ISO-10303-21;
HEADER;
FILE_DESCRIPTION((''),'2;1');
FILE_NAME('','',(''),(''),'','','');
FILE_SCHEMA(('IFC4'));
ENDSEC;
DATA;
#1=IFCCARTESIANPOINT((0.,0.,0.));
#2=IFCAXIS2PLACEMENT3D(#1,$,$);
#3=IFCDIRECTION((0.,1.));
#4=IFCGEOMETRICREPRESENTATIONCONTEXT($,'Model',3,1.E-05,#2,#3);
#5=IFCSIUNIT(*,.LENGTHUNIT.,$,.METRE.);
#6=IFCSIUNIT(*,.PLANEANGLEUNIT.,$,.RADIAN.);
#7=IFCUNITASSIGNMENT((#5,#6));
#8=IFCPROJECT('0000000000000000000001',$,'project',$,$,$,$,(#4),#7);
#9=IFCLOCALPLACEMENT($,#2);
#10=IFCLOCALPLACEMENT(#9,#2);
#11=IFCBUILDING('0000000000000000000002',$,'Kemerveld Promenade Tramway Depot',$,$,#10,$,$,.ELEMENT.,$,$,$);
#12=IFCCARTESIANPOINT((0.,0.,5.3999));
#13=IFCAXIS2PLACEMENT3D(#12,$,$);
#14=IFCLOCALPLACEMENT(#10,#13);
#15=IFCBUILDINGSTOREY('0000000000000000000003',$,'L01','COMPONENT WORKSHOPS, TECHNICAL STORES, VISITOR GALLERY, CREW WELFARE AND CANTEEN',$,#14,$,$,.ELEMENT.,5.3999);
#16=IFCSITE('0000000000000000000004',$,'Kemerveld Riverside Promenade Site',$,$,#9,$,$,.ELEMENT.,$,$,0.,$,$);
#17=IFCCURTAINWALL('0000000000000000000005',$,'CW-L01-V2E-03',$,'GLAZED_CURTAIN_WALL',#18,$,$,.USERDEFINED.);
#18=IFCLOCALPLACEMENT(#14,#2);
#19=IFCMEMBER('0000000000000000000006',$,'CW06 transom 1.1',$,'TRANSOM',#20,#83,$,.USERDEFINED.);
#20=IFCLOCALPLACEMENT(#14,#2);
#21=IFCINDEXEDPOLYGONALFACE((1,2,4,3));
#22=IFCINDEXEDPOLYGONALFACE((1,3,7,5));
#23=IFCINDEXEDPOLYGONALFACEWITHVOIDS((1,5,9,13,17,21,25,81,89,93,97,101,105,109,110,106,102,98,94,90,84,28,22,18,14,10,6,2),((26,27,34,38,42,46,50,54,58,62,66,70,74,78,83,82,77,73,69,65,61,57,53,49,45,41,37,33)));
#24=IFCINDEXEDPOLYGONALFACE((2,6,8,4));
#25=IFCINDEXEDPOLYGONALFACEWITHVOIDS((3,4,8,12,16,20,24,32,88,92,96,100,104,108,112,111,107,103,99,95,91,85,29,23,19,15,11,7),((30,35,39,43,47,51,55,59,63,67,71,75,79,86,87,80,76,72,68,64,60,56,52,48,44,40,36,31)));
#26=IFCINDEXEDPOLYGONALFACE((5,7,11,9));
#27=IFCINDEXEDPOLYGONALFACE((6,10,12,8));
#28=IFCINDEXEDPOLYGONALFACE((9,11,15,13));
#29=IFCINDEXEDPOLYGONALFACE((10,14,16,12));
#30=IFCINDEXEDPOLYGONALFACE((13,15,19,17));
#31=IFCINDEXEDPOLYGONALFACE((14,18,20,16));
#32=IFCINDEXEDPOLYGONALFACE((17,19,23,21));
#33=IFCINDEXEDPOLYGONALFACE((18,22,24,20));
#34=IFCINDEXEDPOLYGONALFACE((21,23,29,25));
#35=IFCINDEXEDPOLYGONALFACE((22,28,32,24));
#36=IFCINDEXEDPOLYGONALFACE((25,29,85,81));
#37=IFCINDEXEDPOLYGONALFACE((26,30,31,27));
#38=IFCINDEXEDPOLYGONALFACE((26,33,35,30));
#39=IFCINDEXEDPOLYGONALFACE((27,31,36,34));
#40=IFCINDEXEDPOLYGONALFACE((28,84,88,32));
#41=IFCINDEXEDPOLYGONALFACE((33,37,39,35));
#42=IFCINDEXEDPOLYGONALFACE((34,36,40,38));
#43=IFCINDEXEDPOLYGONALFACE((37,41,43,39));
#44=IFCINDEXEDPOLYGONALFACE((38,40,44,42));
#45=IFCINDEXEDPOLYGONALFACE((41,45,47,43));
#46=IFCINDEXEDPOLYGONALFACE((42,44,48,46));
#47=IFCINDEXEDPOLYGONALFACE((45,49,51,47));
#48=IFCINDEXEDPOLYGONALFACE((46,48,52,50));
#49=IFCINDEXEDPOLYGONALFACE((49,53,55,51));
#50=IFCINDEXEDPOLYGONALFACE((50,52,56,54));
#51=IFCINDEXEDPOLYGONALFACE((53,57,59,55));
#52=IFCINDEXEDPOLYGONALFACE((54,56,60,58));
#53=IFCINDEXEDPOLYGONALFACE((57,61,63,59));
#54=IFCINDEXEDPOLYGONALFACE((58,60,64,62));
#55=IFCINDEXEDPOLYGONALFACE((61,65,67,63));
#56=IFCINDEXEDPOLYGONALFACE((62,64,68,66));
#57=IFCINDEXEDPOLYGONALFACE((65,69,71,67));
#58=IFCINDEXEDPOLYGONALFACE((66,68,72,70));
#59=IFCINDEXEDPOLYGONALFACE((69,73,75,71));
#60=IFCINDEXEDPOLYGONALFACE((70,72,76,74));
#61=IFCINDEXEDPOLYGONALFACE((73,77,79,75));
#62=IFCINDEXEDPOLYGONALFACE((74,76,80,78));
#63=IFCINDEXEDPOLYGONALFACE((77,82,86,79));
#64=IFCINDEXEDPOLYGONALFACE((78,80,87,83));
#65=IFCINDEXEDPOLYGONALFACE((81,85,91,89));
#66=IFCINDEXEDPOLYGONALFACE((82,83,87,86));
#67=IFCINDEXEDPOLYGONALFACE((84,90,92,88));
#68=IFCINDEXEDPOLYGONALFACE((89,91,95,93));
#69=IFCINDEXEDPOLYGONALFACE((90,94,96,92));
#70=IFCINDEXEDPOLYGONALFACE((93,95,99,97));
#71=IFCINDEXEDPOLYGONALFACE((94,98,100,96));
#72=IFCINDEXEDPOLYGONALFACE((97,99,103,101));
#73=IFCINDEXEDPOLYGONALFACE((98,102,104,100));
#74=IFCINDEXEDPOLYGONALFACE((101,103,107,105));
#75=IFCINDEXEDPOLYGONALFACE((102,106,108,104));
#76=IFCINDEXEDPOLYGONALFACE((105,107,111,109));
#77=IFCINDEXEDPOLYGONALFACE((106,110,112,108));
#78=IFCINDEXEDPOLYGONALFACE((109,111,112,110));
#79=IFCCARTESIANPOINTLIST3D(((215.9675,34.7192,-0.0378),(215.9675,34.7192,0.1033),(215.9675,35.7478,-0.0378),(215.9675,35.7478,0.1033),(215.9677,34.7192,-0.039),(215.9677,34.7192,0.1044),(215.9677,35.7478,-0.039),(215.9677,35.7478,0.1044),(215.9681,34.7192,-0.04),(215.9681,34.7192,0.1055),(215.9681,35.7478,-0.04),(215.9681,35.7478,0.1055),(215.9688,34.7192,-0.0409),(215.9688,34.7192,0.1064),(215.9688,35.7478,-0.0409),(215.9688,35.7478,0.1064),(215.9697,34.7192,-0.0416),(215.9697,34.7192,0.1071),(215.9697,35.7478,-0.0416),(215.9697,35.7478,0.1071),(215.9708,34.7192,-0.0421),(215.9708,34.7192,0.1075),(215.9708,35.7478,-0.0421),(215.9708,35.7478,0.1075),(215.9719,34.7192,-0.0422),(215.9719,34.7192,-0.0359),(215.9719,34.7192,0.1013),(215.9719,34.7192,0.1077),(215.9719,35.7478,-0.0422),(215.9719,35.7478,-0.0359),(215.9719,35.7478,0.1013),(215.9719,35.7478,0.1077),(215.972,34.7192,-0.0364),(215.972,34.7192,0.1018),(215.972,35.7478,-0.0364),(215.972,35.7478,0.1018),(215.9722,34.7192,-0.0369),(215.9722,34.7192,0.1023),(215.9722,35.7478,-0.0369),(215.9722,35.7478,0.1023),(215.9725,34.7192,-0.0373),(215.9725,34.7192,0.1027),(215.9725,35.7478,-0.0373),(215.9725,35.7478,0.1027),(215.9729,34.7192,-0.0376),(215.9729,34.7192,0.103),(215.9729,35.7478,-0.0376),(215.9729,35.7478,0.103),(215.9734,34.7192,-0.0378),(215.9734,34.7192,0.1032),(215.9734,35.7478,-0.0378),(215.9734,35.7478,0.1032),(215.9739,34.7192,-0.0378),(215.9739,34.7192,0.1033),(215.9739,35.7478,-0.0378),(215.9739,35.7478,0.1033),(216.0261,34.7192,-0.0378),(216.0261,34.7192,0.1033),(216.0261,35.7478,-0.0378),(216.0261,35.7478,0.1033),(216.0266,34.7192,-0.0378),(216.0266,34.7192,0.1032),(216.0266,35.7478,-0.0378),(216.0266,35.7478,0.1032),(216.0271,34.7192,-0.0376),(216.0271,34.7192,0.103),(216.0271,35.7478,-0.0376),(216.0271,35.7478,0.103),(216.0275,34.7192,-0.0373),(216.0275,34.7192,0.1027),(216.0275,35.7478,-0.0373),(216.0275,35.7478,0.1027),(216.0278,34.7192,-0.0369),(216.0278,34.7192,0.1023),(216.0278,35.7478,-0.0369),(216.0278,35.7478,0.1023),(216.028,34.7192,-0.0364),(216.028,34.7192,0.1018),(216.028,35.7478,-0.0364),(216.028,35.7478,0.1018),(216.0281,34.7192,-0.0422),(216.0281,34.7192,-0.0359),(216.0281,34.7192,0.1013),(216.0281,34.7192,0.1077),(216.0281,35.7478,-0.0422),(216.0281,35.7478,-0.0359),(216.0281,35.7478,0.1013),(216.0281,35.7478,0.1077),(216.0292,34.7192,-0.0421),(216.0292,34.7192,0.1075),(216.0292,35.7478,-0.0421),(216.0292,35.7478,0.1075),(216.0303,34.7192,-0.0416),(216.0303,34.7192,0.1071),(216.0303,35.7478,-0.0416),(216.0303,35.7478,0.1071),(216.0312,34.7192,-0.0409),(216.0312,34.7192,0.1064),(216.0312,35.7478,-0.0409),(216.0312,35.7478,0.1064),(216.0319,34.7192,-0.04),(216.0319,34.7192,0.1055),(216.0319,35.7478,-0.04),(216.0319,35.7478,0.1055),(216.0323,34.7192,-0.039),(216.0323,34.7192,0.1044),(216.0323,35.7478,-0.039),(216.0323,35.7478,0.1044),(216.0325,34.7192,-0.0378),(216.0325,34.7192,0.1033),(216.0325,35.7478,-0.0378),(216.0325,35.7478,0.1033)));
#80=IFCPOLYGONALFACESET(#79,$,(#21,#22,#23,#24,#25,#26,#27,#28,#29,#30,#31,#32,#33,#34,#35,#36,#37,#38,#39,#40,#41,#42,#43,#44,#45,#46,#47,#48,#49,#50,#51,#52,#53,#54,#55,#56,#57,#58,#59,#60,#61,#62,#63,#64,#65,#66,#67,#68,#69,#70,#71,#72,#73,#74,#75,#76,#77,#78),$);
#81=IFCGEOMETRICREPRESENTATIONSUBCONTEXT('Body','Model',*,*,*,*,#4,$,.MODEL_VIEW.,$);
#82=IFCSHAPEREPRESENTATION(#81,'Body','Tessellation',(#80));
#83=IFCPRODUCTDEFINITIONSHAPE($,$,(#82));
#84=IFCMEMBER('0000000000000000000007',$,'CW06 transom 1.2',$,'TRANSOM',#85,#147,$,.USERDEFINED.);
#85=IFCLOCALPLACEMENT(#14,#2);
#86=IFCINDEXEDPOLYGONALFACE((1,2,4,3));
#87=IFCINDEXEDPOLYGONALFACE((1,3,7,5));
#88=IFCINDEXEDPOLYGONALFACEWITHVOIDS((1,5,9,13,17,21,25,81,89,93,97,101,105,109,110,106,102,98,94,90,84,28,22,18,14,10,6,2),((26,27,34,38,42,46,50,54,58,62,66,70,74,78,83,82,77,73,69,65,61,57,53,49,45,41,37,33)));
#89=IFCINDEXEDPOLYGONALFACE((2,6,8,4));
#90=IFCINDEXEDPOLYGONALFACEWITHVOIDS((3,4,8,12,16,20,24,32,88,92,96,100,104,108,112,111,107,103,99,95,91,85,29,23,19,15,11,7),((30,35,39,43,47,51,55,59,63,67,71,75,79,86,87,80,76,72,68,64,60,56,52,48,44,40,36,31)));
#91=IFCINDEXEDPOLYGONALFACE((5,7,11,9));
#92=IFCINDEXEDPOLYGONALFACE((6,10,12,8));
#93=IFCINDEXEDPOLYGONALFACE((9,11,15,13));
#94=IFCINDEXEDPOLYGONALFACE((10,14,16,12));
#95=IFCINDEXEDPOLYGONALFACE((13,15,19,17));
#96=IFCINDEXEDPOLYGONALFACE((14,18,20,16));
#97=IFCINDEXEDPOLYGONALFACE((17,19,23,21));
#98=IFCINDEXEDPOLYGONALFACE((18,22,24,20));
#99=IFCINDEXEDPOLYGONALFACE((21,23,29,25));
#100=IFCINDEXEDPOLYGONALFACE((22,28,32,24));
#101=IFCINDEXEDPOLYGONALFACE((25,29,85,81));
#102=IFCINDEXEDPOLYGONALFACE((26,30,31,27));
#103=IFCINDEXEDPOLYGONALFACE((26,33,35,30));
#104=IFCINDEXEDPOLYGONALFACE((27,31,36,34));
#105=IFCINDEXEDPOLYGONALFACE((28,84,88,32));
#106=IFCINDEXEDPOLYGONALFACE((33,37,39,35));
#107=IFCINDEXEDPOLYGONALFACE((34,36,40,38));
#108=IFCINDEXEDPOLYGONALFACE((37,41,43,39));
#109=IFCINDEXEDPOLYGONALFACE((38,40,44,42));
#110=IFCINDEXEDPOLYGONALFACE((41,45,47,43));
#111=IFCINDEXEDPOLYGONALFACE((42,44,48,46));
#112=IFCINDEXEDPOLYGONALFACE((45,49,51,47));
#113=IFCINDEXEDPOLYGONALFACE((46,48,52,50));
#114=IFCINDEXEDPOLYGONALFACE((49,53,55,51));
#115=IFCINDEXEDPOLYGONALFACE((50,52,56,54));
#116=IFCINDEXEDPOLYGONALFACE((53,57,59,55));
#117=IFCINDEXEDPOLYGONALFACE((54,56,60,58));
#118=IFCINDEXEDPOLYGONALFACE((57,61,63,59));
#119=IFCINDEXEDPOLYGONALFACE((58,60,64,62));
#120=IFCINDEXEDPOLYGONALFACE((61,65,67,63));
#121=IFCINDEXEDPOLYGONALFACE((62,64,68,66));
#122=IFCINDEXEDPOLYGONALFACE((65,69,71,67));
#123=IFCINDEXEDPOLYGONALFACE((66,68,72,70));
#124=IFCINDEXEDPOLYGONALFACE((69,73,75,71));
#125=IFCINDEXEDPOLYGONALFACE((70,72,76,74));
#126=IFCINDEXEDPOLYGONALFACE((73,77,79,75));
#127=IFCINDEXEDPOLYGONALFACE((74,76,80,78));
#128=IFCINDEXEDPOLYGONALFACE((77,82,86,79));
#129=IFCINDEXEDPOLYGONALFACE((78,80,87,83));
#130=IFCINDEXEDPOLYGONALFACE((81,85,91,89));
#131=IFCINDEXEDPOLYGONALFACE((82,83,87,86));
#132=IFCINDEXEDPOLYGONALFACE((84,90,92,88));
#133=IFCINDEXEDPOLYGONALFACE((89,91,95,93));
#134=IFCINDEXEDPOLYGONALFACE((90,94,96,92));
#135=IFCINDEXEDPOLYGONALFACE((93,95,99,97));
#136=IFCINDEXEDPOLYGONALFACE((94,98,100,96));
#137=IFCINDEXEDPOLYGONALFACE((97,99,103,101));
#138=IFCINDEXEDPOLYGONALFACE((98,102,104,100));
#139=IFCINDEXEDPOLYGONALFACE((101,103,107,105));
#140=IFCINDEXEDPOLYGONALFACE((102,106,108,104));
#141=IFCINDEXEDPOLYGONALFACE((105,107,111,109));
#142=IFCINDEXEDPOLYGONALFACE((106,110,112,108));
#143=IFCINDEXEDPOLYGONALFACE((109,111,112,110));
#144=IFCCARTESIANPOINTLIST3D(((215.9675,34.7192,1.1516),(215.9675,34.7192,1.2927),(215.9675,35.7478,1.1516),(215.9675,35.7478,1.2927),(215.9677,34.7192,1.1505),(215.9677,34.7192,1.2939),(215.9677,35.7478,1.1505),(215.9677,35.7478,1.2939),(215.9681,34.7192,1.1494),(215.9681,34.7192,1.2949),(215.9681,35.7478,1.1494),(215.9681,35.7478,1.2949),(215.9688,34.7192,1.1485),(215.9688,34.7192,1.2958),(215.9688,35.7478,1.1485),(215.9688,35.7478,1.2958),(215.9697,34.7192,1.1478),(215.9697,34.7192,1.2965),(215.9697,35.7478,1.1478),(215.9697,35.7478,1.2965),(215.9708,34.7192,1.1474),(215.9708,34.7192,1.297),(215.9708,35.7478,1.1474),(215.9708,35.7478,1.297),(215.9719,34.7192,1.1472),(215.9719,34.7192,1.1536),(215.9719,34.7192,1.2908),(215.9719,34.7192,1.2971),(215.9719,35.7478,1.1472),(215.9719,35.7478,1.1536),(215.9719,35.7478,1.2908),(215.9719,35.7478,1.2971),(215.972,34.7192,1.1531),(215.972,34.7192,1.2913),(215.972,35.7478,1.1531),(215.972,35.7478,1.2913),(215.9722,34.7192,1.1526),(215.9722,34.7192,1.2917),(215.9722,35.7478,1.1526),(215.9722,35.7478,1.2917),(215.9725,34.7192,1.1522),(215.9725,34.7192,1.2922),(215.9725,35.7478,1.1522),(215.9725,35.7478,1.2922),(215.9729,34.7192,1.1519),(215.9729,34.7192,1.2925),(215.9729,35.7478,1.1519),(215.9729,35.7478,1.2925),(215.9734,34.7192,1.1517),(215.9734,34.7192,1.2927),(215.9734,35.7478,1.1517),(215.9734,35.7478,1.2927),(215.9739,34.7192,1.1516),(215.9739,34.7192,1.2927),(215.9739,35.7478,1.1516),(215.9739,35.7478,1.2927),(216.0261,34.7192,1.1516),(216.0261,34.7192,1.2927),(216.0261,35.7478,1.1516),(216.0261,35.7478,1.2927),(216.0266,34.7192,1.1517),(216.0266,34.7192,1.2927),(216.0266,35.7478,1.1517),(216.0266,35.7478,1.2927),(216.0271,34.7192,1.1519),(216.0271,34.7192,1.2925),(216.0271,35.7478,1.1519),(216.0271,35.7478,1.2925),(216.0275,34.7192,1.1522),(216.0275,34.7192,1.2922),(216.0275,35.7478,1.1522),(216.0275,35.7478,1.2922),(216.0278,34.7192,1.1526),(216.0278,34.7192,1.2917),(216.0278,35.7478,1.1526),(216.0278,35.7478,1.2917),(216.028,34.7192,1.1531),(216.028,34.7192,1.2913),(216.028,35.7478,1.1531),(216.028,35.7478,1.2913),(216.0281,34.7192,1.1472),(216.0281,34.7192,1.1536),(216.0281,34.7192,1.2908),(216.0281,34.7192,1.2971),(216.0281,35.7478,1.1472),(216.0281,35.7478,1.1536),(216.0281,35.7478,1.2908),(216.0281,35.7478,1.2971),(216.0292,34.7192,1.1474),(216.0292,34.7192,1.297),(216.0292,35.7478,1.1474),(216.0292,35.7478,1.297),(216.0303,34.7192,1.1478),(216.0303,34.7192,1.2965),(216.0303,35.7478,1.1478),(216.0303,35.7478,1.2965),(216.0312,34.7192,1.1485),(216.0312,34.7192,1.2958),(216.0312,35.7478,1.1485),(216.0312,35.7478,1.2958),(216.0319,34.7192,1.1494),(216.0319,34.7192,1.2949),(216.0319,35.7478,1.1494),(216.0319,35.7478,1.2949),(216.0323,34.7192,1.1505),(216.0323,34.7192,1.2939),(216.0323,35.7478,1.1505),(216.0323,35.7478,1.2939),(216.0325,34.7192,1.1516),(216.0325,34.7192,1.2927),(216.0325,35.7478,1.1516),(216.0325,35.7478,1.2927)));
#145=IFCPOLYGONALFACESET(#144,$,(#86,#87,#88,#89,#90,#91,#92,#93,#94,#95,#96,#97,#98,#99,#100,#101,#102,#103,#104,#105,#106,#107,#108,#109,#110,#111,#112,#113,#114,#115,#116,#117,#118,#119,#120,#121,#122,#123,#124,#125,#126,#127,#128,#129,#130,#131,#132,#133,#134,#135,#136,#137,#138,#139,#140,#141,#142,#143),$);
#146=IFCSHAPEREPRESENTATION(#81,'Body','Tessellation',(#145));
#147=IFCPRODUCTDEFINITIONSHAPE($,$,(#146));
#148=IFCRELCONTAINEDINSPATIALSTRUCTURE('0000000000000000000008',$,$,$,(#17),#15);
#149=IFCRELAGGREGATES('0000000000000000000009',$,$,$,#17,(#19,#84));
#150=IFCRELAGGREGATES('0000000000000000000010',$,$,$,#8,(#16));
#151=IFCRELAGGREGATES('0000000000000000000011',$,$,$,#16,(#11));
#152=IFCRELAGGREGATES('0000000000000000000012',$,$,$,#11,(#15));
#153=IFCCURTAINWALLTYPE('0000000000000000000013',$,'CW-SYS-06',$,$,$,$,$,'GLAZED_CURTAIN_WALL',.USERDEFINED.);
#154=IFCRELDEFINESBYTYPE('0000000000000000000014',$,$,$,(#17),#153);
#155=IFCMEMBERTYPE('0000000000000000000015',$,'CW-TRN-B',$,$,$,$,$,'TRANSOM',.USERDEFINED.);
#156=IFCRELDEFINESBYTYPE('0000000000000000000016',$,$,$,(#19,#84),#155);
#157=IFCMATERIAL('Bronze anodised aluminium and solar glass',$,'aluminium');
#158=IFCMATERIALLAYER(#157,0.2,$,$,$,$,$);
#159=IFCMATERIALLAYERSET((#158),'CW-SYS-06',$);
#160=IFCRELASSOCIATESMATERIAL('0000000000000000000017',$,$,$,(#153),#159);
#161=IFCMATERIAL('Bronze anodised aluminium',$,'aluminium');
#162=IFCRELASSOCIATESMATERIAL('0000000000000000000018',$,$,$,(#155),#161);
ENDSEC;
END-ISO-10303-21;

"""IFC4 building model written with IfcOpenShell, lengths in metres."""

from ifc_helpers import new_model, si_unit, direction, frame, origin, origin_2d, place, context, subcontext, project, spatial, hollow_rectangle, extrude, material, layer, layer_set, material_profile, profile_set, type_object, element, aggregate, save


model = new_model("IFC4")

# Units and contexts
model_context = context("Model", 3, precision=1e-05, world=origin(), true_north=direction((0.0, 1.0)))
body_context = subcontext(model_context, "Body", "Model", "MODEL_VIEW")
ifc_project = project(units=[si_unit("LENGTHUNIT", "METRE"), si_unit("PLANEANGLEUNIT", "RADIAN")], contexts=[model_context])

# Site, building, storey
site_placement = place(None, origin())
site = spatial("IfcSite", under=ifc_project, at=site_placement, Name="Kemerveld Riverside Promenade Site", CompositionType="ELEMENT", RefElevation=0.0)
building_placement = place(site_placement, origin())
building = spatial("IfcBuilding", under=site, at=building_placement, Name="Kemerveld Promenade Tramway Depot", CompositionType="ELEMENT")
storey_placement = place(building_placement, frame((0.0, 0.0, 5.3999)))
storey = spatial("IfcBuildingStorey", under=building, at=storey_placement, Name="L01", Description="COMPONENT WORKSHOPS, TECHNICAL STORES, VISITOR GALLERY, CREW WELFARE AND CANTEEN", CompositionType="ELEMENT", Elevation=5.3999)

# Curtain wall, members
ifc_material_1 = material(Name="Bronze anodised aluminium and solar glass", Category="aluminium")
ifc_layer_1 = layer(ifc_material_1, 0.2)
ifc_layer_set_1 = layer_set([ifc_layer_1], Name="CW-SYS-06")
curtain_wall_type = type_object("IfcCurtainWallType", Name="CW-SYS-06", ElementType="GLAZED_CURTAIN_WALL", PredefinedType="USERDEFINED", material=ifc_layer_set_1)
curtain_wall_placement = place(storey_placement, origin())
curtain_wall = element("IfcCurtainWall", 1, at=curtain_wall_placement, inside=storey, type_object=curtain_wall_type, Name="CW-L01-V2E-03", ObjectType="GLAZED_CURTAIN_WALL", PredefinedType="USERDEFINED")
ifc_material_2 = material(Name="Bronze anodised aluminium", Category="aluminium")
ifc_material_profile_1 = material_profile(ifc_material_2, hollow_rectangle(XDim=0.0649, YDim=0.1499, WallThickness=0.0044, InnerFilletRadius=0.002, OuterFilletRadius=0.0044, at=origin_2d()), Name="CW-TRN-150x65")
ifc_profile_set_1 = profile_set([ifc_material_profile_1], Name="Bronze anodised aluminium")
member_type_1 = type_object("IfcMemberType", Name="CW-TRN-B", ElementType="TRANSOM", PredefinedType="USERDEFINED", material=ifc_profile_set_1)
member_1_placement = place(storey_placement, frame((216.0, 35.7478, 0.0327), z_axis=(0.0, -1.0, 0.0), x_axis=(1.0, 0.0, 0.0)))
member_1 = element("IfcMember", 2, at=member_1_placement, type_object=member_type_1, Name="CW06 transom 1.1", ObjectType="TRANSOM", PredefinedType="USERDEFINED", context=body_context, shape_type="SweptSolid", body=[
    extrude(hollow_rectangle(XDim=0.0649, YDim=0.1499, WallThickness=0.0044, InnerFilletRadius=0.002, OuterFilletRadius=0.0044, at=origin_2d()), origin(), (0.0, 0.0, 1.0), 1.0286),
])
member_2_placement = place(storey_placement, frame((216.0, 35.7478, 1.2222), z_axis=(0.0, -1.0, 0.0), x_axis=(1.0, 0.0, 0.0)))
member_2 = element("IfcMember", 3, at=member_2_placement, type_object=member_type_1, Name="CW06 transom 1.2", ObjectType="TRANSOM", PredefinedType="USERDEFINED", context=body_context, shape_type="SweptSolid", body=[
    extrude(hollow_rectangle(XDim=0.0649, YDim=0.1499, WallThickness=0.0044, InnerFilletRadius=0.002, OuterFilletRadius=0.0044, at=origin_2d()), origin(), (0.0, 0.0, 1.0), 1.0286),
])
aggregate(curtain_wall, [member_1, member_2])

save(model, "model.ifc")
